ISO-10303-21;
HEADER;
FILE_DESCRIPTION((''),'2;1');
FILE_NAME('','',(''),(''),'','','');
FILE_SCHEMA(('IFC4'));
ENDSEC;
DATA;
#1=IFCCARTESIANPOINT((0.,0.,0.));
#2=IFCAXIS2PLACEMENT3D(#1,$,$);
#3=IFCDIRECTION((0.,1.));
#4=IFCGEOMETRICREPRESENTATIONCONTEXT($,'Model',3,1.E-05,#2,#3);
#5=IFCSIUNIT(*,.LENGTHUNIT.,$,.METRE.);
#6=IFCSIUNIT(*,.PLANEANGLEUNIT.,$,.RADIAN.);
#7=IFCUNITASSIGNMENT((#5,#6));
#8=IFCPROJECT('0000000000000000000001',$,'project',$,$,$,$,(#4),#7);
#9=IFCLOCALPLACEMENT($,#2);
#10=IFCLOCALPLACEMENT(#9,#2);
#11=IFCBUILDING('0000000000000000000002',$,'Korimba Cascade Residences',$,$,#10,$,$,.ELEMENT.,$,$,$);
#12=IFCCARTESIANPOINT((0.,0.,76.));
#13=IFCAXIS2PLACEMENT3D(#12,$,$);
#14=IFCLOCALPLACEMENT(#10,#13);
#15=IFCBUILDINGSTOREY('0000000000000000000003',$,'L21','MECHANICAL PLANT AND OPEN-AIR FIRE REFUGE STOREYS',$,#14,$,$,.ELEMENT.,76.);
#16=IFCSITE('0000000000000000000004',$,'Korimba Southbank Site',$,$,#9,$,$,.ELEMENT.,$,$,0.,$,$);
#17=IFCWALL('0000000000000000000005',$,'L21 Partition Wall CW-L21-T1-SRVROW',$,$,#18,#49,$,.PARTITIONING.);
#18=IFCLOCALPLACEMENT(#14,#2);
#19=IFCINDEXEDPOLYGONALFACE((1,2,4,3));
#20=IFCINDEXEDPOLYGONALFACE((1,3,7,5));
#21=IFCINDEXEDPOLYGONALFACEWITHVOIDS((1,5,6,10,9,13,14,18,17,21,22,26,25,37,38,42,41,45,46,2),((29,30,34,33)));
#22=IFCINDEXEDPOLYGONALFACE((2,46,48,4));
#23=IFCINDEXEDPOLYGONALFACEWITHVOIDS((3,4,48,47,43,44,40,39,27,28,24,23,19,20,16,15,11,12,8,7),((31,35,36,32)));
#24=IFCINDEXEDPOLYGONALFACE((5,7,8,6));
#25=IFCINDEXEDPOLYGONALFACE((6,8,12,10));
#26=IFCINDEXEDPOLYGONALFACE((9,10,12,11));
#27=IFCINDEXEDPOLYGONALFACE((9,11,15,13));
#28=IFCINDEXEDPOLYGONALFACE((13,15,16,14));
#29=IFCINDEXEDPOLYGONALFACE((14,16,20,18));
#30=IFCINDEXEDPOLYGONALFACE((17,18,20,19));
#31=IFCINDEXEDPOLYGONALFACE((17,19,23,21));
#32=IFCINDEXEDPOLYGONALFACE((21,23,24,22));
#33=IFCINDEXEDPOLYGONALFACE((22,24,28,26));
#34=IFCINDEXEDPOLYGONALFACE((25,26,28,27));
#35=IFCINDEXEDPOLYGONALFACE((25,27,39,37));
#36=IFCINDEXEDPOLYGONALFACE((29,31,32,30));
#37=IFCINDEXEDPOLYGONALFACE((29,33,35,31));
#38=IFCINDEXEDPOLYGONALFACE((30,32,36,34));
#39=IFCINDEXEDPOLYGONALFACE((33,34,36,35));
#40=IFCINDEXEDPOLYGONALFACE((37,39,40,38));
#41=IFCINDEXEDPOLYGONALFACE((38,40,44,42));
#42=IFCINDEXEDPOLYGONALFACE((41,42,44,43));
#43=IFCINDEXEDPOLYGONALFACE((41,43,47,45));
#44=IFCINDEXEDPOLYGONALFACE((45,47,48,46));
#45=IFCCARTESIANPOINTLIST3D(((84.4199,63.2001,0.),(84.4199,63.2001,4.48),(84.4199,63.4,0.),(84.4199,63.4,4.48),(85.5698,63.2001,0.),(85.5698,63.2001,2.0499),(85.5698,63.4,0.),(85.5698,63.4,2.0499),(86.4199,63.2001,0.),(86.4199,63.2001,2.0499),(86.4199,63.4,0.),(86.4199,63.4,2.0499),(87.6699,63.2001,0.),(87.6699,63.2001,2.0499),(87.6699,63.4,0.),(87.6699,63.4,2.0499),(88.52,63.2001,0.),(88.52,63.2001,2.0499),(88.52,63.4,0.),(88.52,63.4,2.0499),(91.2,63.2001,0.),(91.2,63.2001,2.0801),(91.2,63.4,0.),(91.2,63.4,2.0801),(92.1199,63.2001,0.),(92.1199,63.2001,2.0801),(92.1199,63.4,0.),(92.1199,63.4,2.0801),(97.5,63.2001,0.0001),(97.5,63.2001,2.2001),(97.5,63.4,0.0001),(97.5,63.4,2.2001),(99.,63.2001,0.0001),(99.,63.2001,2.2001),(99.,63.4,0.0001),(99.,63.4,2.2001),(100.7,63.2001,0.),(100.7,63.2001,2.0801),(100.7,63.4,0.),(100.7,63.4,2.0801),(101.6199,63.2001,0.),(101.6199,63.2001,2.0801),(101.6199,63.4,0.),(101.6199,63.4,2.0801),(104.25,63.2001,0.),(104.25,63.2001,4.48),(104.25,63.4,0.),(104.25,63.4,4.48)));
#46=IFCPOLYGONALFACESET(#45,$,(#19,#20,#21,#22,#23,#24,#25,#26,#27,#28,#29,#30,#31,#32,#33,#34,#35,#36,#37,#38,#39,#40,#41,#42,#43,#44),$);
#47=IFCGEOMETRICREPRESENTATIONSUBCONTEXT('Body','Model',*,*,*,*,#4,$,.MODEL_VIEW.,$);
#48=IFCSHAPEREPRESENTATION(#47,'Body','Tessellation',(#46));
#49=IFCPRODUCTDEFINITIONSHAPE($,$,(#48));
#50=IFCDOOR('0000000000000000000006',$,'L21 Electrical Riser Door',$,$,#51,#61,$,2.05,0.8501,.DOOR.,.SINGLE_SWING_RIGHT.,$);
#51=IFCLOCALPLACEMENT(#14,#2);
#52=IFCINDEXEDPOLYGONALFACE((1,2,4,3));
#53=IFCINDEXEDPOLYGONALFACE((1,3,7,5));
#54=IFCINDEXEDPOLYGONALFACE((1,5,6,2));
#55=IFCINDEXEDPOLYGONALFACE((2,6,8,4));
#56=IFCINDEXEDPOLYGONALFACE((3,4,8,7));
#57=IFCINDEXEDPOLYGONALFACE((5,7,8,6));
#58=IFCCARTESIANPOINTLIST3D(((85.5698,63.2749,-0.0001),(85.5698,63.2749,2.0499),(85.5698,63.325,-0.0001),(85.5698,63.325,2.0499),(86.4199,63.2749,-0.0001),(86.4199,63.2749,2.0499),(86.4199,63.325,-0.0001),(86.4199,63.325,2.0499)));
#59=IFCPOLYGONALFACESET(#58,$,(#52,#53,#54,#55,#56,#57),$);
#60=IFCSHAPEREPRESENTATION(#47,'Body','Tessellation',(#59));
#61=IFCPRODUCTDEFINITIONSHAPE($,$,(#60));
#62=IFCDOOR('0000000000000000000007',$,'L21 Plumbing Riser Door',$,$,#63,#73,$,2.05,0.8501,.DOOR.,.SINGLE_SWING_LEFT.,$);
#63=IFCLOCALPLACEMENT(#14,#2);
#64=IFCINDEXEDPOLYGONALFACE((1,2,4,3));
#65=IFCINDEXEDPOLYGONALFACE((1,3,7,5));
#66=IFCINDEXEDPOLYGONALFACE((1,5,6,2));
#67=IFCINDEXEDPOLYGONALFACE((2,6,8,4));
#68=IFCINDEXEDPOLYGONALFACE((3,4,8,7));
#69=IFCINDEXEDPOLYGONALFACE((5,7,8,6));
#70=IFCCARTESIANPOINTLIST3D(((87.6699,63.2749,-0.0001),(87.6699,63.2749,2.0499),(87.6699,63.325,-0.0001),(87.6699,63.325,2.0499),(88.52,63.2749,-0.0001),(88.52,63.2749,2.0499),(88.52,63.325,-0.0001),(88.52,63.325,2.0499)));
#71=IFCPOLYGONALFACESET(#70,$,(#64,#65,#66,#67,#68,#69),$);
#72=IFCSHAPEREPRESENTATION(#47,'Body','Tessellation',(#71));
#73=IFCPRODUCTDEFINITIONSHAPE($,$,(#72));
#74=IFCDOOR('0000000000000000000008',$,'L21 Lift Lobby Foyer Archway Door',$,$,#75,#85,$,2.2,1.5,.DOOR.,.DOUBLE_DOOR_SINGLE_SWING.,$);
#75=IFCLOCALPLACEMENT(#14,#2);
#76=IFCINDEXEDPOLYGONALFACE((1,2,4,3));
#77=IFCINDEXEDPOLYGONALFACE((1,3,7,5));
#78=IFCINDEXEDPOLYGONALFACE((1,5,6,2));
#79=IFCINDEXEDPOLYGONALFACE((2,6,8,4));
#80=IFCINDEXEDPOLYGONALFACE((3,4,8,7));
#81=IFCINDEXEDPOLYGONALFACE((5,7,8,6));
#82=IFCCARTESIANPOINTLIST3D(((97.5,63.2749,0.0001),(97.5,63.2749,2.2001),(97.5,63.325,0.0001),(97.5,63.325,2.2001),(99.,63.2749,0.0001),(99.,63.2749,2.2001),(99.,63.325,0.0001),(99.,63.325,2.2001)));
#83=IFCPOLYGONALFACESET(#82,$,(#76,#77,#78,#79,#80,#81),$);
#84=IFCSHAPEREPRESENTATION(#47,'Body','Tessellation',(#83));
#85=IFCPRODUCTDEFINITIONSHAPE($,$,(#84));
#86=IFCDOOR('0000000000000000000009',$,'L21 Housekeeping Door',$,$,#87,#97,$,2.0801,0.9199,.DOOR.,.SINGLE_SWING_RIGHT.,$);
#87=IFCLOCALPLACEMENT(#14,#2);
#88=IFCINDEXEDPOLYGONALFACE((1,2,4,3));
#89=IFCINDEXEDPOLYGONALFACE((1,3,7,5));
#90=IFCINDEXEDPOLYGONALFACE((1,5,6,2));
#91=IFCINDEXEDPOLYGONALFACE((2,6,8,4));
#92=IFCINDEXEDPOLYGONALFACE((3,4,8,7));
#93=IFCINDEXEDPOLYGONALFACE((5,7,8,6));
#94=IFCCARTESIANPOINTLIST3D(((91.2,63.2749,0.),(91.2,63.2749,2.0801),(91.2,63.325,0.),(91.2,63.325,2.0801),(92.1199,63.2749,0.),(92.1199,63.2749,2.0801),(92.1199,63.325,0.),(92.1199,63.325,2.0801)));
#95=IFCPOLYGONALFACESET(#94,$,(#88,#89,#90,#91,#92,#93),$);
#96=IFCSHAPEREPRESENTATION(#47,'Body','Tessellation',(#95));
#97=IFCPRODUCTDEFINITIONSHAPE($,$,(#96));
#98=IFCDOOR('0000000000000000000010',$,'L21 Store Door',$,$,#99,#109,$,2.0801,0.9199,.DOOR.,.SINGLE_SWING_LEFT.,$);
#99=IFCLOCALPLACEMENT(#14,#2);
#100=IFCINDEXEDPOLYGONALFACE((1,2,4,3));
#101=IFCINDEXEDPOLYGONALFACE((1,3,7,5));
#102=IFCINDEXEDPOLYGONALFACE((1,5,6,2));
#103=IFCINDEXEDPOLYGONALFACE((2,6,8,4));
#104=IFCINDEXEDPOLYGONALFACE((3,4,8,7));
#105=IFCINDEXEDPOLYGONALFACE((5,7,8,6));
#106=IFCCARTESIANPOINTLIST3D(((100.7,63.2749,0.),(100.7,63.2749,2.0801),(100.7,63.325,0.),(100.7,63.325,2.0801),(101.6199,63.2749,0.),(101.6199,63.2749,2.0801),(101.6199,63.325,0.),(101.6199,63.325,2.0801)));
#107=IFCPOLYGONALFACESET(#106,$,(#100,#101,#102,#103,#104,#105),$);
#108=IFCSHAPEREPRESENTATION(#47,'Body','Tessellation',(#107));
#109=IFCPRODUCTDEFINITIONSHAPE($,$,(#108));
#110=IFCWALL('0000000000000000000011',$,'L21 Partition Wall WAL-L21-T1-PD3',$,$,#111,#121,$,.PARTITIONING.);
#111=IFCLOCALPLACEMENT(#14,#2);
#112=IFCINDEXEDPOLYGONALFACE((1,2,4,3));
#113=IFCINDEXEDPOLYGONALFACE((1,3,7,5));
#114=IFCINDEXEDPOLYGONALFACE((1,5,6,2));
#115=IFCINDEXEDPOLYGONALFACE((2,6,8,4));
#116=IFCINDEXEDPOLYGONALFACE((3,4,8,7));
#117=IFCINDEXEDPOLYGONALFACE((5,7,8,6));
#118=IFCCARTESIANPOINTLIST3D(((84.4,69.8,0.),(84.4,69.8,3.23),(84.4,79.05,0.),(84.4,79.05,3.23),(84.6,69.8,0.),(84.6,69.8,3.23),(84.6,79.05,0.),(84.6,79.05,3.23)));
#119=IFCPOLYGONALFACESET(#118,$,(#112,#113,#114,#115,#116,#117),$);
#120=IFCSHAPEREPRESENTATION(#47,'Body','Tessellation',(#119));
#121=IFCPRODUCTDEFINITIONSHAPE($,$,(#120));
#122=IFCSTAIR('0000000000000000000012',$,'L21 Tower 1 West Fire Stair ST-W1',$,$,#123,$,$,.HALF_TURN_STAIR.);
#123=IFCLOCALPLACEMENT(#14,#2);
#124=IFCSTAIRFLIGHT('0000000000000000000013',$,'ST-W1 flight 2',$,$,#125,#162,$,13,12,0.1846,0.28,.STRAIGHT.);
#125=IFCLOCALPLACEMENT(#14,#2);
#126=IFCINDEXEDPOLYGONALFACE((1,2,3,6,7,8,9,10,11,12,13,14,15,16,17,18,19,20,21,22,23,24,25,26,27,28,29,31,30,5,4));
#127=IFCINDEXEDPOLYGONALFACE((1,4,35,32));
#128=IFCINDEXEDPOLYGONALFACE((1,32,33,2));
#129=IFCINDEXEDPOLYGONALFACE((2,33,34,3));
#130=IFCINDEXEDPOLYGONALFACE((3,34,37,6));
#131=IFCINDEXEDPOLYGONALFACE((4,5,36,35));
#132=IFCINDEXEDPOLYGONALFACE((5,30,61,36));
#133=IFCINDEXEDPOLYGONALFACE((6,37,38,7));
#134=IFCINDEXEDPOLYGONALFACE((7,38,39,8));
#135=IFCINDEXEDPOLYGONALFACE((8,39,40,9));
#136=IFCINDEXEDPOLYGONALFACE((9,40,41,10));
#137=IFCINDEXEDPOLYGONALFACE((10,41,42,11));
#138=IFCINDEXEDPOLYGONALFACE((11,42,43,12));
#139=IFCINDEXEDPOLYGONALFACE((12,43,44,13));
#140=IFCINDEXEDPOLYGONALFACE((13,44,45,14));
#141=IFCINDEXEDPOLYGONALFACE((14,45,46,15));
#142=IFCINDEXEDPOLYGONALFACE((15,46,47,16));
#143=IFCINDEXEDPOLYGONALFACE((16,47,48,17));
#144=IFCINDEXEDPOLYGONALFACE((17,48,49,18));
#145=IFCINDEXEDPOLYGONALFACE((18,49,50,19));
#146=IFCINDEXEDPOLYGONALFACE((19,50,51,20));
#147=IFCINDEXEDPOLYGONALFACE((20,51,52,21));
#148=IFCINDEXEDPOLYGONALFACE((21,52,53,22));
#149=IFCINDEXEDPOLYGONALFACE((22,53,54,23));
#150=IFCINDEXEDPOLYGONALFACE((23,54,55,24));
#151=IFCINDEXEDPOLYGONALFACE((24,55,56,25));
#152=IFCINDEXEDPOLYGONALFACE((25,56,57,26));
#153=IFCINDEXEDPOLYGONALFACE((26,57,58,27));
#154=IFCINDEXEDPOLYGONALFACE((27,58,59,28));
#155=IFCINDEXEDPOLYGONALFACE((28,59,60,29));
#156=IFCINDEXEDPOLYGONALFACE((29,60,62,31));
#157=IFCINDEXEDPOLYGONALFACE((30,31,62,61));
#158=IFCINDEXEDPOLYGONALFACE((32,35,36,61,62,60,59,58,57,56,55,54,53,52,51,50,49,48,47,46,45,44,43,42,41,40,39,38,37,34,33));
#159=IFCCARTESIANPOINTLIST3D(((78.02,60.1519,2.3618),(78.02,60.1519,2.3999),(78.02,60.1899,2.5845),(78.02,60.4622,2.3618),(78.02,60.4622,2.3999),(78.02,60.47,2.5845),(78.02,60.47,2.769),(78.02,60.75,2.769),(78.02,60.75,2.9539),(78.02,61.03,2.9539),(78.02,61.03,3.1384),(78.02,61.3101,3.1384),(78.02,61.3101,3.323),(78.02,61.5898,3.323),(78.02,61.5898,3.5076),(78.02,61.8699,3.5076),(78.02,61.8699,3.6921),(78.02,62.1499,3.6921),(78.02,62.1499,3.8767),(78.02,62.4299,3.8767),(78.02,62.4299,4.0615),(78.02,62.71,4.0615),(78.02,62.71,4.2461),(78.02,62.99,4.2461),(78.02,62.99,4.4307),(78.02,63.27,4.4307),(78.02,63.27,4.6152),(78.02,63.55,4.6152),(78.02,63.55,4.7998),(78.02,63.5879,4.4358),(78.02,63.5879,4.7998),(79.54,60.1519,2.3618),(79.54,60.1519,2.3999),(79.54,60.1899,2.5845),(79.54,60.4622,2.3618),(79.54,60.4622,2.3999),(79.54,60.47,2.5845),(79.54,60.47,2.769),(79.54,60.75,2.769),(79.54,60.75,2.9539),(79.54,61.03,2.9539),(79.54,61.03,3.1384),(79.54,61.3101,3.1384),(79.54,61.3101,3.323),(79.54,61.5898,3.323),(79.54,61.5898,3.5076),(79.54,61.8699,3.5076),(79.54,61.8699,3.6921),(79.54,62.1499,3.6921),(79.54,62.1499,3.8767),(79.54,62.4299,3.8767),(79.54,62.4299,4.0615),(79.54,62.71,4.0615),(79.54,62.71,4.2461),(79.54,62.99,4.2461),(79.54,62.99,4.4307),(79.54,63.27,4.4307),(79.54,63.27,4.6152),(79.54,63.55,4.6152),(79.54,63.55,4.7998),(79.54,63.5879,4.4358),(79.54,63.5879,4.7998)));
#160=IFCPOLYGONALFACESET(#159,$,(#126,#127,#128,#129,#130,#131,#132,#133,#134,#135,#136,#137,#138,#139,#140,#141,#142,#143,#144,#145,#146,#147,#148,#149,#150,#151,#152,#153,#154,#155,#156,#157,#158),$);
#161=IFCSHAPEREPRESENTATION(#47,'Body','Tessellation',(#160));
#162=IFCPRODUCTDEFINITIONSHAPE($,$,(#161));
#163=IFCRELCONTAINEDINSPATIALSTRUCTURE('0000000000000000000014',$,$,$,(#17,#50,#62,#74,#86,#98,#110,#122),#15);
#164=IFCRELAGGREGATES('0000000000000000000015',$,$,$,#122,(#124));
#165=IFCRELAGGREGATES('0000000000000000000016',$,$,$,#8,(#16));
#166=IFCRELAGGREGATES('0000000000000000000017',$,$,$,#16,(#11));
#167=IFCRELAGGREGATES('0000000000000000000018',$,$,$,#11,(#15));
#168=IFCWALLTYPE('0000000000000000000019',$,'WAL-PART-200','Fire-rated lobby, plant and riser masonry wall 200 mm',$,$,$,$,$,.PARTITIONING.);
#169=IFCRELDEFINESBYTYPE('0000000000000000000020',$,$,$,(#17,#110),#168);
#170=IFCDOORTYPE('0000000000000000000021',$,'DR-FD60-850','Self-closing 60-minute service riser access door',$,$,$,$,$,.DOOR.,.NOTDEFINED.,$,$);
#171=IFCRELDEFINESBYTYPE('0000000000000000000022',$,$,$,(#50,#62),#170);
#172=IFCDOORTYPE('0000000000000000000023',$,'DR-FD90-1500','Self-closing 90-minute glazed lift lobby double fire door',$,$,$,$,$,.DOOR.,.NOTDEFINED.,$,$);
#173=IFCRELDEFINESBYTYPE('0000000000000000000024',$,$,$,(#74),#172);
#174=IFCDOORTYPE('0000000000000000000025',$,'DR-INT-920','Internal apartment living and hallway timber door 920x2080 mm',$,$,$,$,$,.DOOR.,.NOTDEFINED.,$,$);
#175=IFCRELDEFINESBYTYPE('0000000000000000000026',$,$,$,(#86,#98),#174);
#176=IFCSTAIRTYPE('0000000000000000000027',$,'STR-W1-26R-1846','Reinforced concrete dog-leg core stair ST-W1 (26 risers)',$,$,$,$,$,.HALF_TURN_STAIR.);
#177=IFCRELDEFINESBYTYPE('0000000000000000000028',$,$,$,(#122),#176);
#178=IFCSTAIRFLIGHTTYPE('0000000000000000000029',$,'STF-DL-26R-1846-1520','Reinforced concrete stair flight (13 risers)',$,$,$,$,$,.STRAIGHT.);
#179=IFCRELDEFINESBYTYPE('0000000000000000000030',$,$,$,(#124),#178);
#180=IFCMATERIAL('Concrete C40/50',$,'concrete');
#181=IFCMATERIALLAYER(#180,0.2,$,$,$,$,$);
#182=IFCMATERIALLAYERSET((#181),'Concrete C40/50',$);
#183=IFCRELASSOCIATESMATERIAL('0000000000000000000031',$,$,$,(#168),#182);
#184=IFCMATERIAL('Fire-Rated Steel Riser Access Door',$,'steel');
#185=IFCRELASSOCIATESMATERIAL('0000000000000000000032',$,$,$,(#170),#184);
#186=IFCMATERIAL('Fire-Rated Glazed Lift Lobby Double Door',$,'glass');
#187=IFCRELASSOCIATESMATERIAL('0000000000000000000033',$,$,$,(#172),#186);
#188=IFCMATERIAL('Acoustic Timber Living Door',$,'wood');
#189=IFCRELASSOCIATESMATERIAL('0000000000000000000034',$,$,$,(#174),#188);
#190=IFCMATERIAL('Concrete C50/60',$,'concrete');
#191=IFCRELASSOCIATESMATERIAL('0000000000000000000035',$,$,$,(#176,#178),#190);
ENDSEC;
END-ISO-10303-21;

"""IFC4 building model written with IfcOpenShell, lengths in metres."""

from ifc_helpers import new_model, si_unit, direction, frame, frame_2d, origin, place, context, subcontext, project, spatial, polyline, rectangle, outline, extrude, material, layer, layer_set, type_object, element, fill, aggregate, save


model = new_model("IFC4")

# Units and contexts
model_context = context("Model", 3, precision=1e-05, world=origin(), true_north=direction((0.0, 1.0)))
body_context = subcontext(model_context, "Body", "Model", "MODEL_VIEW")
ifc_project = project(units=[si_unit("LENGTHUNIT", "METRE"), si_unit("PLANEANGLEUNIT", "RADIAN")], contexts=[model_context])

# Site, building, storey
site_placement = place(None, origin())
site = spatial("IfcSite", under=ifc_project, at=site_placement, Name="Korimba Southbank Site", CompositionType="ELEMENT", RefElevation=0.0)
building_placement = place(site_placement, origin())
building = spatial("IfcBuilding", under=site, at=building_placement, Name="Korimba Cascade Residences", CompositionType="ELEMENT")
storey_placement = place(building_placement, frame((0.0, 0.0, 76.0)))
storey = spatial("IfcBuildingStorey", under=building, at=storey_placement, Name="L21", Description="MECHANICAL PLANT AND OPEN-AIR FIRE REFUGE STOREYS", CompositionType="ELEMENT", Elevation=76.0)

# Shared definitions
ifc_material_1 = material(Name="Concrete C40/50", Category="concrete")
ifc_layer_1 = layer(ifc_material_1, 0.2)
ifc_layer_set_1 = layer_set([ifc_layer_1], Name="Concrete C40/50")
wall_type_1 = type_object("IfcWallType", Name="WAL-PART-200", Description="Fire-rated lobby, plant and riser masonry wall 200 mm", PredefinedType="PARTITIONING", material=ifc_layer_set_1)

# Wall, openings, doors
wall_1_placement = place(storey_placement, frame((84.4199, 63.3, 0.0), z_axis=(0.0, 0.0, 1.0), x_axis=(1.0, 0.0, 0.0)))
wall_1 = element("IfcWall", 1, at=wall_1_placement, inside=storey, type_object=wall_type_1, Name="L21 Partition Wall CW-L21-T1-SRVROW", PredefinedType="PARTITIONING", context=body_context, shape_type="SweptSolid", body=[
    extrude(rectangle(XDim=19.8301, YDim=0.2, at=frame_2d((9.915, 0.0))), origin(), (0.0, 0.0, 1.0), 4.48),
])
opening_1_placement = place(wall_1_placement, frame((1.1499, 0.0, 0.0)))
opening_1 = element("IfcOpeningElement", 2, at=opening_1_placement, cuts=wall_1, PredefinedType="OPENING", context=body_context, shape_type="SweptSolid", body=[
    extrude(rectangle(XDim=0.8501, YDim=2.05, at=frame_2d((0.425, 1.0249))), frame((0.0, 0.1099, 0.0), z_axis=(0.0, -1.0, 0.0), x_axis=(1.0, 0.0, 0.0)), (0.0, 0.0, 1.0), 0.22),
])
opening_2_placement = place(wall_1_placement, frame((3.25, 0.0, 0.0)))
opening_2 = element("IfcOpeningElement", 3, at=opening_2_placement, cuts=wall_1, PredefinedType="OPENING", context=body_context, shape_type="SweptSolid", body=[
    extrude(rectangle(XDim=0.8501, YDim=2.05, at=frame_2d((0.425, 1.0249))), frame((0.0, 0.1099, 0.0), z_axis=(0.0, -1.0, 0.0), x_axis=(1.0, 0.0, 0.0)), (0.0, 0.0, 1.0), 0.22),
])
opening_3_placement = place(wall_1_placement, frame((13.0801, 0.0, 0.0)))
opening_3 = element("IfcOpeningElement", 4, at=opening_3_placement, cuts=wall_1, PredefinedType="OPENING", context=body_context, shape_type="SweptSolid", body=[
    extrude(rectangle(XDim=1.5, YDim=2.2, at=frame_2d((0.75, 1.1001))), frame((0.0, 0.1099, 0.0), z_axis=(0.0, -1.0, 0.0), x_axis=(1.0, 0.0, 0.0)), (0.0, 0.0, 1.0), 0.22),
])
opening_4_placement = place(wall_1_placement, frame((6.78, 0.0, 0.0)))
opening_4 = element("IfcOpeningElement", 5, at=opening_4_placement, cuts=wall_1, PredefinedType="OPENING", context=body_context, shape_type="SweptSolid", body=[
    extrude(rectangle(XDim=0.9199, YDim=2.0801, at=frame_2d((0.46, 1.04))), frame((0.0, 0.1099, 0.0), z_axis=(0.0, -1.0, 0.0), x_axis=(1.0, 0.0, 0.0)), (0.0, 0.0, 1.0), 0.22),
])
opening_5_placement = place(wall_1_placement, frame((16.28, 0.0, 0.0)))
opening_5 = element("IfcOpeningElement", 6, at=opening_5_placement, cuts=wall_1, PredefinedType="OPENING", context=body_context, shape_type="SweptSolid", body=[
    extrude(rectangle(XDim=0.9199, YDim=2.0801, at=frame_2d((0.46, 1.04))), frame((0.0, 0.1099, 0.0), z_axis=(0.0, -1.0, 0.0), x_axis=(1.0, 0.0, 0.0)), (0.0, 0.0, 1.0), 0.22),
])
ifc_material_2 = material(Name="Fire-Rated Steel Riser Access Door", Category="steel")
door_type_1 = type_object("IfcDoorType", Name="DR-FD60-850", Description="Self-closing 60-minute service riser access door", OperationType="NOTDEFINED", PredefinedType="DOOR", material=ifc_material_2)
door_1_placement = place(opening_1_placement, origin())
door_1 = element("IfcDoor", 7, at=door_1_placement, inside=storey, type_object=door_type_1, Name="L21 Electrical Riser Door", OperationType="SINGLE_SWING_RIGHT", OverallHeight=2.05, OverallWidth=0.8501, PredefinedType="DOOR", context=body_context, shape_type="SweptSolid", body=[
    extrude(rectangle(XDim=0.8501, YDim=2.05, at=frame_2d((0.425, 1.0249))), frame((0.0, 0.0249, 0.0), z_axis=(0.0, -1.0, 0.0), x_axis=(1.0, 0.0, 0.0)), (0.0, 0.0, 1.0), 0.05),
])
fill(opening_1, door_1)
door_2_placement = place(opening_2_placement, origin())
door_2 = element("IfcDoor", 8, at=door_2_placement, inside=storey, type_object=door_type_1, Name="L21 Plumbing Riser Door", OperationType="SINGLE_SWING_LEFT", OverallHeight=2.05, OverallWidth=0.8501, PredefinedType="DOOR", context=body_context, shape_type="SweptSolid", body=[
    extrude(rectangle(XDim=0.8501, YDim=2.05, at=frame_2d((0.425, 1.0249))), frame((0.0, 0.0249, 0.0), z_axis=(0.0, -1.0, 0.0), x_axis=(1.0, 0.0, 0.0)), (0.0, 0.0, 1.0), 0.05),
])
fill(opening_2, door_2)
ifc_material_3 = material(Name="Fire-Rated Glazed Lift Lobby Double Door", Category="glass")
door_type_2 = type_object("IfcDoorType", Name="DR-FD90-1500", Description="Self-closing 90-minute glazed lift lobby double fire door", OperationType="NOTDEFINED", PredefinedType="DOOR", material=ifc_material_3)
door_3_placement = place(opening_3_placement, origin())
door_3 = element("IfcDoor", 9, at=door_3_placement, inside=storey, type_object=door_type_2, Name="L21 Lift Lobby Foyer Archway Door", OperationType="DOUBLE_DOOR_SINGLE_SWING", OverallHeight=2.2, OverallWidth=1.5, PredefinedType="DOOR", context=body_context, shape_type="SweptSolid", body=[
    extrude(rectangle(XDim=1.5, YDim=2.2, at=frame_2d((0.75, 1.1001))), frame((0.0, 0.0249, 0.0), z_axis=(0.0, -1.0, 0.0), x_axis=(1.0, 0.0, 0.0)), (0.0, 0.0, 1.0), 0.05),
])
fill(opening_3, door_3)
ifc_material_4 = material(Name="Acoustic Timber Living Door", Category="wood")
door_type_3 = type_object("IfcDoorType", Name="DR-INT-920", Description="Internal apartment living and hallway timber door 920x2080 mm", OperationType="NOTDEFINED", PredefinedType="DOOR", material=ifc_material_4)
door_4_placement = place(opening_4_placement, origin())
door_4 = element("IfcDoor", 10, at=door_4_placement, inside=storey, type_object=door_type_3, Name="L21 Housekeeping Door", OperationType="SINGLE_SWING_RIGHT", OverallHeight=2.0801, OverallWidth=0.9199, PredefinedType="DOOR", context=body_context, shape_type="SweptSolid", body=[
    extrude(rectangle(XDim=0.9199, YDim=2.0801, at=frame_2d((0.46, 1.04))), frame((0.0, 0.0249, 0.0), z_axis=(0.0, -1.0, 0.0), x_axis=(1.0, 0.0, 0.0)), (0.0, 0.0, 1.0), 0.05),
])
fill(opening_4, door_4)
door_5_placement = place(opening_5_placement, origin())
door_5 = element("IfcDoor", 11, at=door_5_placement, inside=storey, type_object=door_type_3, Name="L21 Store Door", OperationType="SINGLE_SWING_LEFT", OverallHeight=2.0801, OverallWidth=0.9199, PredefinedType="DOOR", context=body_context, shape_type="SweptSolid", body=[
    extrude(rectangle(XDim=0.9199, YDim=2.0801, at=frame_2d((0.46, 1.04))), frame((0.0, 0.0249, 0.0), z_axis=(0.0, -1.0, 0.0), x_axis=(1.0, 0.0, 0.0)), (0.0, 0.0, 1.0), 0.05),
])
fill(opening_5, door_5)

# Wall
wall_2_placement = place(storey_placement, frame((84.5, 69.8, 0.0), z_axis=(0.0, 0.0, 1.0), x_axis=(0.0, 1.0, 0.0)))
element("IfcWall", 12, at=wall_2_placement, inside=storey, type_object=wall_type_1, Name="L21 Partition Wall WAL-L21-T1-PD3", PredefinedType="PARTITIONING", context=body_context, shape_type="SweptSolid", body=[
    extrude(rectangle(XDim=9.25, YDim=0.2, at=frame_2d((4.625, 0.0))), origin(), (0.0, 0.0, 1.0), 3.23),
])

# Stair, stair flight
ifc_material_5 = material(Name="Concrete C50/60", Category="concrete")
stair_type = type_object("IfcStairType", Name="STR-W1-26R-1846", Description="Reinforced concrete dog-leg core stair ST-W1 (26 risers)", PredefinedType="HALF_TURN_STAIR", material=ifc_material_5)
stair_placement = place(storey_placement, origin())
stair = element("IfcStair", 13, at=stair_placement, inside=storey, type_object=stair_type, Name="L21 Tower 1 West Fire Stair ST-W1", PredefinedType="HALF_TURN_STAIR")
stair_flight_type = type_object("IfcStairFlightType", Name="STF-DL-26R-1846-1520", Description="Reinforced concrete stair flight (13 risers)", PredefinedType="STRAIGHT", material=ifc_material_5)
stair_flight_placement = place(storey_placement, frame((78.78, 60.1899, 2.3999), z_axis=(0.0, 0.0, 1.0), x_axis=(0.0, 1.0, 0.0)))
stair_flight = element("IfcStairFlight", 14, at=stair_flight_placement, type_object=stair_flight_type, Name="ST-W1 flight 2", NumberOfRisers=13, NumberOfTreads=12, PredefinedType="STRAIGHT", RiserHeight=0.1846, TreadLength=0.28, context=body_context, shape_type="SweptSolid", body=[
    extrude(outline(polyline([(-0.0381, 0.0), (0.0, 0.1846), (0.28, 0.1846), (0.28, 0.3691), (0.5601, 0.3691), (0.5601, 0.554), (0.8401, 0.554), (0.8401, 0.7385), (1.1201, 0.7385), (1.1201, 0.9231), (1.3999, 0.9231), (1.3999, 1.1077), (1.6799, 1.1077), (1.6799, 1.2922), (1.96, 1.2922), (1.96, 1.4768), (2.24, 1.4768), (2.24, 1.6616), (2.52, 1.6616), (2.52, 1.8462), (2.8, 1.8462), (2.8, 2.0308), (3.0801, 2.0308), (3.0801, 2.2153), (3.3601, 2.2153), (3.3601, 2.3999), (3.3979, 2.3999), (3.3979, 2.0359), (0.2722, 0.0), (0.2722, -0.0381), (-0.0381, -0.0381), (-0.0381, 0.0)])), frame((0.0, 0.76, 0.0), z_axis=(0.0, -1.0, 0.0), x_axis=(1.0, 0.0, 0.0)), (0.0, 0.0, 1.0), 1.52),
])
aggregate(stair, [stair_flight])

save(model, "model.ifc")
